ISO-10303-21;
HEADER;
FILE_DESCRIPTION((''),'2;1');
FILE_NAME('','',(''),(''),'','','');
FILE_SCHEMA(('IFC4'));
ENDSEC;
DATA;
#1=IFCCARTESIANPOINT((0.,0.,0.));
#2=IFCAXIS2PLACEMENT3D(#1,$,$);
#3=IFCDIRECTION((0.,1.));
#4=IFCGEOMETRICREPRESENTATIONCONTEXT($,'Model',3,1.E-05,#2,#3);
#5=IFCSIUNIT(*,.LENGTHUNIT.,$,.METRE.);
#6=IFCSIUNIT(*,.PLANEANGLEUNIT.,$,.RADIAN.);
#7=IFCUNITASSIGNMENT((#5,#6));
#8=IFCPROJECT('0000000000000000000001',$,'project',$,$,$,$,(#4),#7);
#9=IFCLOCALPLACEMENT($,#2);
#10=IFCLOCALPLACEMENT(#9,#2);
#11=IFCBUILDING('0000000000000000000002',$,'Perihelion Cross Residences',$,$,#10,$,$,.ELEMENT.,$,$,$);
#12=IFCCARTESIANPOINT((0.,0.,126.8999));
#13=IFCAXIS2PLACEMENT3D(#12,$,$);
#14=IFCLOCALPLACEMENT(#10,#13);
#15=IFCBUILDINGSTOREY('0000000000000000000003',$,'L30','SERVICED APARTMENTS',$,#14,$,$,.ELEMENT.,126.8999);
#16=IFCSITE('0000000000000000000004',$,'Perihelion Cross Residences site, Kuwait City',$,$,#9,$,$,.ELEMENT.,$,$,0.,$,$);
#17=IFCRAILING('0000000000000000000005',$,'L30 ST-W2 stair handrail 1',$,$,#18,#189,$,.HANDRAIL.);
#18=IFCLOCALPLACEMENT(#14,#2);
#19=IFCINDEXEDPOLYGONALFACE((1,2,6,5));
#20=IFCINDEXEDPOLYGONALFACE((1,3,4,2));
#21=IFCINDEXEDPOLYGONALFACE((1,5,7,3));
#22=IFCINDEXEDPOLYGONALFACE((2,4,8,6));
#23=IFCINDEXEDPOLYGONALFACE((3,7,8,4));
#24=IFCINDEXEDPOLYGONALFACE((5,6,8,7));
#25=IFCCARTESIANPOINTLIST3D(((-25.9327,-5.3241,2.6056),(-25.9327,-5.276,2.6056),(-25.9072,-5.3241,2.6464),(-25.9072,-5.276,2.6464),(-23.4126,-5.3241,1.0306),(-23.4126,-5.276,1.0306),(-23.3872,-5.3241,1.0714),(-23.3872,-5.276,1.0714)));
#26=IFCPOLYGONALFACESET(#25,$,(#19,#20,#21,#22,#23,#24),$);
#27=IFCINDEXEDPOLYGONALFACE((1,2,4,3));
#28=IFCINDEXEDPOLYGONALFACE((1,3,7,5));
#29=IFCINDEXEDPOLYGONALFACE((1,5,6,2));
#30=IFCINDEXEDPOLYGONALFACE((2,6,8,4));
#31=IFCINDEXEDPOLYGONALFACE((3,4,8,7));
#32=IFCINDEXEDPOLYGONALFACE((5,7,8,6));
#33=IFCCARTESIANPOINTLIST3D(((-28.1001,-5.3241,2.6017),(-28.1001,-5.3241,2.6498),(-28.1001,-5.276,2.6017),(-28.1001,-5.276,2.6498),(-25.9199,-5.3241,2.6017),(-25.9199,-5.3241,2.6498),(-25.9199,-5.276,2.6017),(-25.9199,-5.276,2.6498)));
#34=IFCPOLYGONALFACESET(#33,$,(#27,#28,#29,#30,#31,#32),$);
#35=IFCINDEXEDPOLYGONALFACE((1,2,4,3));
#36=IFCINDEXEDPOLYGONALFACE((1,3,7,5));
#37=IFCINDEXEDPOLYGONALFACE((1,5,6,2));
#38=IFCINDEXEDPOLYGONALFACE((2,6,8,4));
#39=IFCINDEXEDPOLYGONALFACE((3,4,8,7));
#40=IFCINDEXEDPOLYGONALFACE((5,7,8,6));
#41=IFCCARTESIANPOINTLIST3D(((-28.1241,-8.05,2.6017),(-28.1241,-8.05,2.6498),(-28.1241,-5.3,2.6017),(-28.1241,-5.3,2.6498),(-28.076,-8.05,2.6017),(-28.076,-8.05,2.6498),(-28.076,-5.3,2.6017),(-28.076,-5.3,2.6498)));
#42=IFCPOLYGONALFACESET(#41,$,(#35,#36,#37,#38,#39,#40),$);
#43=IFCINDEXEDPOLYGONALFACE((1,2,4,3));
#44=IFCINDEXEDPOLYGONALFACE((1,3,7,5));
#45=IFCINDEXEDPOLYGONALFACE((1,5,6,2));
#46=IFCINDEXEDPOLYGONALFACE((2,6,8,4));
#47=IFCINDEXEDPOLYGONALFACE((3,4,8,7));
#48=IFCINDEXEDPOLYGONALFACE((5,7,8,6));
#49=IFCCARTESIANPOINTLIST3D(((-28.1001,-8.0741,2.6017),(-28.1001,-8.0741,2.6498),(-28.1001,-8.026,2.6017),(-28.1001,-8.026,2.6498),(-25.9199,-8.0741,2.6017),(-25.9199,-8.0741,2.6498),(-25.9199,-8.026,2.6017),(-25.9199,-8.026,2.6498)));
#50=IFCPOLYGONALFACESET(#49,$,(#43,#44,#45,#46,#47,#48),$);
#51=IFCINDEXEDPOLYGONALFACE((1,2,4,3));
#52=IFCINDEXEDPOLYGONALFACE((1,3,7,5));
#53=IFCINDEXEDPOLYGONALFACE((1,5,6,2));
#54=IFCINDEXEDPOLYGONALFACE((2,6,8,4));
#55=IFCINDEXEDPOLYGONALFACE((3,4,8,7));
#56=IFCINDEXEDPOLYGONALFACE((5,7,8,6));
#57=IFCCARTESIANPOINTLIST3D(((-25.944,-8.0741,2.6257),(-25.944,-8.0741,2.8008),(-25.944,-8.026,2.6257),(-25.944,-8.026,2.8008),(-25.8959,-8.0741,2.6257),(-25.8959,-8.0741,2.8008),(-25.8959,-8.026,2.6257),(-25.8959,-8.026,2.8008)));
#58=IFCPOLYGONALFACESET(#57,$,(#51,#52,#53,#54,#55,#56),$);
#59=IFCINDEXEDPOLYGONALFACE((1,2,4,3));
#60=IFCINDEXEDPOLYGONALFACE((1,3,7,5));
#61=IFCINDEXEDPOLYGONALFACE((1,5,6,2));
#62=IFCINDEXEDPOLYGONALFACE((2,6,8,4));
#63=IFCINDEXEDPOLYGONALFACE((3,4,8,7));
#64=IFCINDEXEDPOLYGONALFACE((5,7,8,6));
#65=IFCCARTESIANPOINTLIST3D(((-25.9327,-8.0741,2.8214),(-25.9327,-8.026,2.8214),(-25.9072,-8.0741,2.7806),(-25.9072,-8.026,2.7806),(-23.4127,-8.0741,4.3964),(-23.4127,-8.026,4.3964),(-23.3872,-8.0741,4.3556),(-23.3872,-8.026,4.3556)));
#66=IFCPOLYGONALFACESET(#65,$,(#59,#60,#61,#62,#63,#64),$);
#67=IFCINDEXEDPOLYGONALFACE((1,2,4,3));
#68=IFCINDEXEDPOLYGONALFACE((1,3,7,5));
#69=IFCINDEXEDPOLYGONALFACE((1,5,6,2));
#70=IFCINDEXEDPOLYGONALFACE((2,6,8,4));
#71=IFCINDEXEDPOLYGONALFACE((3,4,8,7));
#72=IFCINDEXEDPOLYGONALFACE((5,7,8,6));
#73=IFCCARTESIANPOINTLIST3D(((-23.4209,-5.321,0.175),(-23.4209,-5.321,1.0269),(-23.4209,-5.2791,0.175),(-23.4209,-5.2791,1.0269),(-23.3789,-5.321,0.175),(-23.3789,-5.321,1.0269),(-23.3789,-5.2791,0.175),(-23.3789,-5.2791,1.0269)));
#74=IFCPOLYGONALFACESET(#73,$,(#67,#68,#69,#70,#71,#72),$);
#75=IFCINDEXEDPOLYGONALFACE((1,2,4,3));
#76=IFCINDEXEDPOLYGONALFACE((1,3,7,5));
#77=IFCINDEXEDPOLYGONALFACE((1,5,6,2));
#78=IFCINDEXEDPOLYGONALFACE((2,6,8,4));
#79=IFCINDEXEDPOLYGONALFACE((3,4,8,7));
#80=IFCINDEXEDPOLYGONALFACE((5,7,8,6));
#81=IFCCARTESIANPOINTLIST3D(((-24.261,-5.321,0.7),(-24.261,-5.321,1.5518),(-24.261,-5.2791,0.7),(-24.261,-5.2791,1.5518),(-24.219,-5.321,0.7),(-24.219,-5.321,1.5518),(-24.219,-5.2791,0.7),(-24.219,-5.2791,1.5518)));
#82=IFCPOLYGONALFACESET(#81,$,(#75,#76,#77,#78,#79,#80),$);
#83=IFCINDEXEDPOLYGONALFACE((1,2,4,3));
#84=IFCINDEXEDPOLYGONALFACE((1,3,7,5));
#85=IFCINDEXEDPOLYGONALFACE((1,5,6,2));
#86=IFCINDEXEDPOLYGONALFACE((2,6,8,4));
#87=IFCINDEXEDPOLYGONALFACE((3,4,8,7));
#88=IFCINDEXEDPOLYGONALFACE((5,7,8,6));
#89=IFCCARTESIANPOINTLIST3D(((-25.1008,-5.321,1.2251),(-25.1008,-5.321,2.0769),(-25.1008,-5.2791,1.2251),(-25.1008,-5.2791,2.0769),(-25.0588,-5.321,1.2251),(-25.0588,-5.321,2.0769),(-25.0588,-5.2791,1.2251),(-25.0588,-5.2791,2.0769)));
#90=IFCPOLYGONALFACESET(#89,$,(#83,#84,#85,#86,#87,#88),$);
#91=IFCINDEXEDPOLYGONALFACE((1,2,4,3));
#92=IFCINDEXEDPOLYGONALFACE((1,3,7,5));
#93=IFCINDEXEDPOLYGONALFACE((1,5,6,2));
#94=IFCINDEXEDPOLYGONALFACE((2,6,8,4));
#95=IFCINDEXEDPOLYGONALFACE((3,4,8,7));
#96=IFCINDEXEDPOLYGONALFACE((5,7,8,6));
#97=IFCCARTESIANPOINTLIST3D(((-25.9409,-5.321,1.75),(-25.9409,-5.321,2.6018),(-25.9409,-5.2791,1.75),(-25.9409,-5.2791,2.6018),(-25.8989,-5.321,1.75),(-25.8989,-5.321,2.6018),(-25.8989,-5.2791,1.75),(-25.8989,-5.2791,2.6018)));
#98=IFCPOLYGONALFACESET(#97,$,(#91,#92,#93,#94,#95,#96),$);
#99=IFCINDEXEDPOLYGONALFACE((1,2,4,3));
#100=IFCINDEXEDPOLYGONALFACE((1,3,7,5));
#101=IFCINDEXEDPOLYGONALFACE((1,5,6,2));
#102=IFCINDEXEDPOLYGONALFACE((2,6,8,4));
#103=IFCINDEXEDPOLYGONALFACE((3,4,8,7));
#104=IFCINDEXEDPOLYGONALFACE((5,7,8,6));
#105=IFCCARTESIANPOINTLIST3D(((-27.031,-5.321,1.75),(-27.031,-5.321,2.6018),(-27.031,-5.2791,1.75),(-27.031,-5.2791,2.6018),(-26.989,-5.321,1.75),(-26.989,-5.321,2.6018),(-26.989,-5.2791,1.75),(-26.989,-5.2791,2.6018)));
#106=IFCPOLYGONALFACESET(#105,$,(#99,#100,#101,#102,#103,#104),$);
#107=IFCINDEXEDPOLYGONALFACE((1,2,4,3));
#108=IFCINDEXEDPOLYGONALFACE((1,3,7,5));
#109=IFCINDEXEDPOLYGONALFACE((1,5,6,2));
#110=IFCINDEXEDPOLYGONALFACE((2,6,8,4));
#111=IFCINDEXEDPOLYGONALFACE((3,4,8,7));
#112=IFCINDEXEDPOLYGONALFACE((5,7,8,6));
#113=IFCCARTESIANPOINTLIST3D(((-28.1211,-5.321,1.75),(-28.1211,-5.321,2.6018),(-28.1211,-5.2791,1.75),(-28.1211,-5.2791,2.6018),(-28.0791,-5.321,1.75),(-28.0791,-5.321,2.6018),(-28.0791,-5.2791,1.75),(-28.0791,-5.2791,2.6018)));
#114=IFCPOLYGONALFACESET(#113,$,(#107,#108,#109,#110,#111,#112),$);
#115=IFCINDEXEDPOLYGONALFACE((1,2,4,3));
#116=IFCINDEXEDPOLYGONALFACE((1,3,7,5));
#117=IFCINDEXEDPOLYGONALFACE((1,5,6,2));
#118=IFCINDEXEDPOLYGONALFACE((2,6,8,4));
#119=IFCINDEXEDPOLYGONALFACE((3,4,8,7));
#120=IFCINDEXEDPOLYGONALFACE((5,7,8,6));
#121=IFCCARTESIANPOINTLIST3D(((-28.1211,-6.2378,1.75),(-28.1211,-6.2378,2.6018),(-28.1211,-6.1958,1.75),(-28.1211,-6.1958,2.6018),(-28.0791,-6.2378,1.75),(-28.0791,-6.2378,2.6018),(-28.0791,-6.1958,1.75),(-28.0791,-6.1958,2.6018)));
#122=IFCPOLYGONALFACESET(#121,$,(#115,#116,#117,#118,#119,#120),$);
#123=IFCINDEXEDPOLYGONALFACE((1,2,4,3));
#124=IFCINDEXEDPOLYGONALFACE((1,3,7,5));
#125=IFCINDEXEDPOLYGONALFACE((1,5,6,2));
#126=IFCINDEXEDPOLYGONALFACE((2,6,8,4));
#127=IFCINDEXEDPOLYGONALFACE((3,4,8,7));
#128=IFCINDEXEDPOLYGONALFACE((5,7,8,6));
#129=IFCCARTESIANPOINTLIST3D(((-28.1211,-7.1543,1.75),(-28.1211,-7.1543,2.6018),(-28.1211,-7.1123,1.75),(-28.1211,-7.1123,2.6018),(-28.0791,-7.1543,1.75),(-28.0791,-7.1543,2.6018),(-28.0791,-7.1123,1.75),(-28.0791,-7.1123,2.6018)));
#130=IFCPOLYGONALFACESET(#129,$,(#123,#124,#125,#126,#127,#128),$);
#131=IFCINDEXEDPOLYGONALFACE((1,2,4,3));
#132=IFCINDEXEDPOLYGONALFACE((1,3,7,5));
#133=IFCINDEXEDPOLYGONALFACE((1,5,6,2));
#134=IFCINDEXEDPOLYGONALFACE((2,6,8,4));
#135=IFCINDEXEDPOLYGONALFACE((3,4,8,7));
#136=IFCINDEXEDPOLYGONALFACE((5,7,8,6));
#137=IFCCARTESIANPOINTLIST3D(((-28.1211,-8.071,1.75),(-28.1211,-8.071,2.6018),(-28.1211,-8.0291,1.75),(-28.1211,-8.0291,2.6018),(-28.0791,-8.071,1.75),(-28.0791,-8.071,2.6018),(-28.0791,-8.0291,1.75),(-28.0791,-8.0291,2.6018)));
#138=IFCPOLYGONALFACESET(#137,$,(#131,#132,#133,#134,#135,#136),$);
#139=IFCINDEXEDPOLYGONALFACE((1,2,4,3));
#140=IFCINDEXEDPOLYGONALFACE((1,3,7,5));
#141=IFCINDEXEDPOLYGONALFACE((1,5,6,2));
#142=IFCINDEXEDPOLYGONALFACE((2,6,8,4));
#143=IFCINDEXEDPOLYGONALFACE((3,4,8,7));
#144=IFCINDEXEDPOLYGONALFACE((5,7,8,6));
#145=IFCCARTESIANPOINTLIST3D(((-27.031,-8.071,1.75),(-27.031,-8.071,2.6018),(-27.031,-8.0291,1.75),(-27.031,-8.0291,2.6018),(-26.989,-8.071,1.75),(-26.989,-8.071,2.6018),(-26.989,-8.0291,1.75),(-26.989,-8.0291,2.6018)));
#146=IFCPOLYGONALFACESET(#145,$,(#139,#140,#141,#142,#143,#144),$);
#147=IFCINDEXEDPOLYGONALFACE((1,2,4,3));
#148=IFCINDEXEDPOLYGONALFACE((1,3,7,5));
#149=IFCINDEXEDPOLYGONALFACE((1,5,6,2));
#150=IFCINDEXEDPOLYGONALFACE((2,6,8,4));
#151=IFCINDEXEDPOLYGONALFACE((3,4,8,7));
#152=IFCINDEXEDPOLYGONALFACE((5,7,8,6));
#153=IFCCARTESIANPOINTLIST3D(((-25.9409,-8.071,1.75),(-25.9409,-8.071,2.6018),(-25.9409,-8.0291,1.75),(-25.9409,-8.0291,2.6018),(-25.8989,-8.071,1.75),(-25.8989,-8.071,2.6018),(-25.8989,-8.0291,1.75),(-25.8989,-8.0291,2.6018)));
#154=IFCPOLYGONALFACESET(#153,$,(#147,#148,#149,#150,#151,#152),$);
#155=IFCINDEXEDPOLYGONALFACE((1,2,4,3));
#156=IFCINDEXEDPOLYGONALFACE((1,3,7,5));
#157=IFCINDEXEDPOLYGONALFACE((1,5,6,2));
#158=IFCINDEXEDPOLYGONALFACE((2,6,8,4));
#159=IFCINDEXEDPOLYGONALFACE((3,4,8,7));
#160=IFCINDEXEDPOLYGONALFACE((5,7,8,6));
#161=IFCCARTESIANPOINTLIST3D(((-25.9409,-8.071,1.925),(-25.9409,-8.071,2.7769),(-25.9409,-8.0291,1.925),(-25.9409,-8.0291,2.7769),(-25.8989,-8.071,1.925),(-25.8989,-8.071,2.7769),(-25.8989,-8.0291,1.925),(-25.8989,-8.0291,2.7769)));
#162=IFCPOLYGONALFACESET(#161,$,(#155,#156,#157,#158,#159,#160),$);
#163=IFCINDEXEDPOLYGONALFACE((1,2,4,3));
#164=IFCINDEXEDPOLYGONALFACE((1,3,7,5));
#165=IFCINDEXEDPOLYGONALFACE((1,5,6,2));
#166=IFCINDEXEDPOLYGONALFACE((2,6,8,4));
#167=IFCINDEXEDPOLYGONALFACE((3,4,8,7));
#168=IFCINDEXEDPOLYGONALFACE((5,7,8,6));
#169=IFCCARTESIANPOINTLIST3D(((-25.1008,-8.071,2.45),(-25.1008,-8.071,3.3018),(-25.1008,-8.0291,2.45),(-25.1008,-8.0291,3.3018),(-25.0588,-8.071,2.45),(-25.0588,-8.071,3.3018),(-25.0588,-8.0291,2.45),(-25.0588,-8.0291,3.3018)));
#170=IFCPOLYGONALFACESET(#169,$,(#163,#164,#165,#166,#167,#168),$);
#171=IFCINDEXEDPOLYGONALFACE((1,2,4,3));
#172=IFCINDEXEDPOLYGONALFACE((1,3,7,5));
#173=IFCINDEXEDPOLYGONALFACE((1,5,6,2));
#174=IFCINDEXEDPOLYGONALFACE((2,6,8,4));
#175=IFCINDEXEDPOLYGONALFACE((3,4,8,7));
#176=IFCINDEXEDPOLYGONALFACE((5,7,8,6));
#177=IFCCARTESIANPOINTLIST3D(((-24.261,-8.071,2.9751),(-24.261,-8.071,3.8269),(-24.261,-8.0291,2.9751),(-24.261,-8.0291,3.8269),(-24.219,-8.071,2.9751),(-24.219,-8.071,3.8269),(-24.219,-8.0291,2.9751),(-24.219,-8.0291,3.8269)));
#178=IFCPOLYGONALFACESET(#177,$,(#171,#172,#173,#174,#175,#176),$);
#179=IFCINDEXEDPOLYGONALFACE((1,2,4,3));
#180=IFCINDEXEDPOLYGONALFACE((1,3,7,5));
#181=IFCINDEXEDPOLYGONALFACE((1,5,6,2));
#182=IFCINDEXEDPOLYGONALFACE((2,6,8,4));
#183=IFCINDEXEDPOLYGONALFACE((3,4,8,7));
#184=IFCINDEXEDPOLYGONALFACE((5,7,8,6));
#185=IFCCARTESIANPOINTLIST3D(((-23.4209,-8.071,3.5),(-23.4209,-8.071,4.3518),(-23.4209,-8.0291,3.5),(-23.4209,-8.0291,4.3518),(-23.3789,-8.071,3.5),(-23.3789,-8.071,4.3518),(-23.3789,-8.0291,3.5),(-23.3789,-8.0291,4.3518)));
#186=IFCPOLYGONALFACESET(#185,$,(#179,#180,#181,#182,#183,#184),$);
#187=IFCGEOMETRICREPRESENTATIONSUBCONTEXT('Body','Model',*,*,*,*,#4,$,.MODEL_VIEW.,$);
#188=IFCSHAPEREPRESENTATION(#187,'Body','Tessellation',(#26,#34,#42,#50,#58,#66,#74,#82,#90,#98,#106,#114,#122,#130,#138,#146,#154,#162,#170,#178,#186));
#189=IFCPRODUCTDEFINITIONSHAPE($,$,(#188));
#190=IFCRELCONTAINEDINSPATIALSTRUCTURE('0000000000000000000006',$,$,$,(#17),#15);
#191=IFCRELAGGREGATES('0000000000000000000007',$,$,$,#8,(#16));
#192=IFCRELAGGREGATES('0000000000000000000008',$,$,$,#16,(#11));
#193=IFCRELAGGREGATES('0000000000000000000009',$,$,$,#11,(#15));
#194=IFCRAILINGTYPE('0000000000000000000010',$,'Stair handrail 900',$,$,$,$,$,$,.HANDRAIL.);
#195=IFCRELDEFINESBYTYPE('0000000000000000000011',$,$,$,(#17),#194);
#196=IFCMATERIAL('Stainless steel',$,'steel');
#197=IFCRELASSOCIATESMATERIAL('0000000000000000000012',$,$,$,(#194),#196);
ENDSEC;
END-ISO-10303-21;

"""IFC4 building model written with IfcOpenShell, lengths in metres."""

from ifc_helpers import new_model, si_unit, direction, frame, origin, origin_2d, place, context, subcontext, project, spatial, rectangle, extrude, material, type_object, element, save


model = new_model("IFC4")

# Units and contexts
model_context = context("Model", 3, precision=1e-05, world=origin(), true_north=direction((0.0, 1.0)))
body_context = subcontext(model_context, "Body", "Model", "MODEL_VIEW")
ifc_project = project(units=[si_unit("LENGTHUNIT", "METRE"), si_unit("PLANEANGLEUNIT", "RADIAN")], contexts=[model_context])

# Site, building, storey
site_placement = place(None, origin())
site = spatial("IfcSite", under=ifc_project, at=site_placement, Name="Perihelion Cross Residences site, Kuwait City", CompositionType="ELEMENT", RefElevation=0.0)
building_placement = place(site_placement, origin())
building = spatial("IfcBuilding", under=site, at=building_placement, Name="Perihelion Cross Residences", CompositionType="ELEMENT")
storey_placement = place(building_placement, frame((0.0, 0.0, 126.8999)))
storey = spatial("IfcBuildingStorey", under=building, at=storey_placement, Name="L30", Description="SERVICED APARTMENTS", CompositionType="ELEMENT", Elevation=126.8999)

# Railing
ifc_material_1 = material(Name="Stainless steel", Category="steel")
railing_type_1 = type_object("IfcRailingType", Name="Stair handrail 900", PredefinedType="HANDRAIL", material=ifc_material_1)
railing_1_placement = place(storey_placement, frame((-23.3999, -5.3, 0.175)))
element("IfcRailing", 1, at=railing_1_placement, inside=storey, type_object=railing_type_1, Name="L30 ST-W2 stair handrail 1", PredefinedType="HANDRAIL", context=body_context, shape_type="SweptSolid", body=[
    extrude(rectangle(XDim=0.0481, YDim=0.0481, at=origin_2d()), frame((0.0, 0.0, 0.876), z_axis=(-0.848008, 0.0, 0.529984), x_axis=(0.0, -1.0, 0.0)), (0.0, 0.0, 1.0), 2.9717),
    extrude(rectangle(XDim=0.0481, YDim=0.0481, at=origin_2d()), frame((-2.52, 0.0, 2.4507), z_axis=(-1.0, 0.0, 0.0), x_axis=(0.0, -1.0, 0.0)), (0.0, 0.0, 1.0), 2.1802),
    extrude(rectangle(XDim=0.0481, YDim=0.0481, at=origin_2d()), frame((-4.7002, 0.0, 2.4507), z_axis=(0.0, -1.0, 0.0), x_axis=(1.0, 0.0, 0.0)), (0.0, 0.0, 1.0), 2.75),
    extrude(rectangle(XDim=0.0481, YDim=0.0481, at=origin_2d()), frame((-4.7002, -2.75, 2.4507), z_axis=(1.0, 0.0, 0.0), x_axis=(0.0, 1.0, 0.0)), (0.0, 0.0, 1.0), 2.1802),
    extrude(rectangle(XDim=0.0481, YDim=0.0481, at=origin_2d()), frame((-2.52, -2.75, 2.4507), z_axis=(0.0, 0.0, 1.0), x_axis=(1.0, 0.0, 0.0)), (0.0, 0.0, 1.0), 0.175),
    extrude(rectangle(XDim=0.0481, YDim=0.0481, at=origin_2d()), frame((-2.52, -2.75, 2.626), z_axis=(0.848008, 0.0, 0.529984), x_axis=(0.0, 1.0, 0.0)), (0.0, 0.0, 1.0), 2.9717),
    extrude(rectangle(XDim=0.042, YDim=0.042, at=origin_2d()), origin(), (0.0, 0.0, 1.0), 0.8518),
    extrude(rectangle(XDim=0.042, YDim=0.042, at=origin_2d()), frame((-0.8401, 0.0, 0.5249)), (0.0, 0.0, 1.0), 0.8518),
    extrude(rectangle(XDim=0.042, YDim=0.042, at=origin_2d()), frame((-1.6799, 0.0, 1.05)), (0.0, 0.0, 1.0), 0.8518),
    extrude(rectangle(XDim=0.042, YDim=0.042, at=origin_2d()), frame((-2.52, 0.0, 1.575)), (0.0, 0.0, 1.0), 0.8518),
    extrude(rectangle(XDim=0.042, YDim=0.042, at=origin_2d()), frame((-3.6101, 0.0, 1.575)), (0.0, 0.0, 1.0), 0.8518),
    extrude(rectangle(XDim=0.042, YDim=0.042, at=origin_2d()), frame((-4.7002, 0.0, 1.575)), (0.0, 0.0, 1.0), 0.8518),
    extrude(rectangle(XDim=0.042, YDim=0.042, at=origin_2d()), frame((-4.7002, -0.9167, 1.575)), (0.0, 0.0, 1.0), 0.8518),
    extrude(rectangle(XDim=0.042, YDim=0.042, at=origin_2d()), frame((-4.7002, -1.8333, 1.575)), (0.0, 0.0, 1.0), 0.8518),
    extrude(rectangle(XDim=0.042, YDim=0.042, at=origin_2d()), frame((-4.7002, -2.75, 1.575)), (0.0, 0.0, 1.0), 0.8518),
    extrude(rectangle(XDim=0.042, YDim=0.042, at=origin_2d()), frame((-3.6101, -2.75, 1.575)), (0.0, 0.0, 1.0), 0.8518),
    extrude(rectangle(XDim=0.042, YDim=0.042, at=origin_2d()), frame((-2.52, -2.75, 1.575)), (0.0, 0.0, 1.0), 0.8518),
    extrude(rectangle(XDim=0.042, YDim=0.042, at=origin_2d()), frame((-2.52, -2.75, 1.75)), (0.0, 0.0, 1.0), 0.8518),
    extrude(rectangle(XDim=0.042, YDim=0.042, at=origin_2d()), frame((-1.6799, -2.75, 2.2749)), (0.0, 0.0, 1.0), 0.8518),
    extrude(rectangle(XDim=0.042, YDim=0.042, at=origin_2d()), frame((-0.8401, -2.75, 2.8)), (0.0, 0.0, 1.0), 0.8518),
    extrude(rectangle(XDim=0.042, YDim=0.042, at=origin_2d()), frame((0.0, -2.75, 3.325)), (0.0, 0.0, 1.0), 0.8518),
])

save(model, "model.ifc")
